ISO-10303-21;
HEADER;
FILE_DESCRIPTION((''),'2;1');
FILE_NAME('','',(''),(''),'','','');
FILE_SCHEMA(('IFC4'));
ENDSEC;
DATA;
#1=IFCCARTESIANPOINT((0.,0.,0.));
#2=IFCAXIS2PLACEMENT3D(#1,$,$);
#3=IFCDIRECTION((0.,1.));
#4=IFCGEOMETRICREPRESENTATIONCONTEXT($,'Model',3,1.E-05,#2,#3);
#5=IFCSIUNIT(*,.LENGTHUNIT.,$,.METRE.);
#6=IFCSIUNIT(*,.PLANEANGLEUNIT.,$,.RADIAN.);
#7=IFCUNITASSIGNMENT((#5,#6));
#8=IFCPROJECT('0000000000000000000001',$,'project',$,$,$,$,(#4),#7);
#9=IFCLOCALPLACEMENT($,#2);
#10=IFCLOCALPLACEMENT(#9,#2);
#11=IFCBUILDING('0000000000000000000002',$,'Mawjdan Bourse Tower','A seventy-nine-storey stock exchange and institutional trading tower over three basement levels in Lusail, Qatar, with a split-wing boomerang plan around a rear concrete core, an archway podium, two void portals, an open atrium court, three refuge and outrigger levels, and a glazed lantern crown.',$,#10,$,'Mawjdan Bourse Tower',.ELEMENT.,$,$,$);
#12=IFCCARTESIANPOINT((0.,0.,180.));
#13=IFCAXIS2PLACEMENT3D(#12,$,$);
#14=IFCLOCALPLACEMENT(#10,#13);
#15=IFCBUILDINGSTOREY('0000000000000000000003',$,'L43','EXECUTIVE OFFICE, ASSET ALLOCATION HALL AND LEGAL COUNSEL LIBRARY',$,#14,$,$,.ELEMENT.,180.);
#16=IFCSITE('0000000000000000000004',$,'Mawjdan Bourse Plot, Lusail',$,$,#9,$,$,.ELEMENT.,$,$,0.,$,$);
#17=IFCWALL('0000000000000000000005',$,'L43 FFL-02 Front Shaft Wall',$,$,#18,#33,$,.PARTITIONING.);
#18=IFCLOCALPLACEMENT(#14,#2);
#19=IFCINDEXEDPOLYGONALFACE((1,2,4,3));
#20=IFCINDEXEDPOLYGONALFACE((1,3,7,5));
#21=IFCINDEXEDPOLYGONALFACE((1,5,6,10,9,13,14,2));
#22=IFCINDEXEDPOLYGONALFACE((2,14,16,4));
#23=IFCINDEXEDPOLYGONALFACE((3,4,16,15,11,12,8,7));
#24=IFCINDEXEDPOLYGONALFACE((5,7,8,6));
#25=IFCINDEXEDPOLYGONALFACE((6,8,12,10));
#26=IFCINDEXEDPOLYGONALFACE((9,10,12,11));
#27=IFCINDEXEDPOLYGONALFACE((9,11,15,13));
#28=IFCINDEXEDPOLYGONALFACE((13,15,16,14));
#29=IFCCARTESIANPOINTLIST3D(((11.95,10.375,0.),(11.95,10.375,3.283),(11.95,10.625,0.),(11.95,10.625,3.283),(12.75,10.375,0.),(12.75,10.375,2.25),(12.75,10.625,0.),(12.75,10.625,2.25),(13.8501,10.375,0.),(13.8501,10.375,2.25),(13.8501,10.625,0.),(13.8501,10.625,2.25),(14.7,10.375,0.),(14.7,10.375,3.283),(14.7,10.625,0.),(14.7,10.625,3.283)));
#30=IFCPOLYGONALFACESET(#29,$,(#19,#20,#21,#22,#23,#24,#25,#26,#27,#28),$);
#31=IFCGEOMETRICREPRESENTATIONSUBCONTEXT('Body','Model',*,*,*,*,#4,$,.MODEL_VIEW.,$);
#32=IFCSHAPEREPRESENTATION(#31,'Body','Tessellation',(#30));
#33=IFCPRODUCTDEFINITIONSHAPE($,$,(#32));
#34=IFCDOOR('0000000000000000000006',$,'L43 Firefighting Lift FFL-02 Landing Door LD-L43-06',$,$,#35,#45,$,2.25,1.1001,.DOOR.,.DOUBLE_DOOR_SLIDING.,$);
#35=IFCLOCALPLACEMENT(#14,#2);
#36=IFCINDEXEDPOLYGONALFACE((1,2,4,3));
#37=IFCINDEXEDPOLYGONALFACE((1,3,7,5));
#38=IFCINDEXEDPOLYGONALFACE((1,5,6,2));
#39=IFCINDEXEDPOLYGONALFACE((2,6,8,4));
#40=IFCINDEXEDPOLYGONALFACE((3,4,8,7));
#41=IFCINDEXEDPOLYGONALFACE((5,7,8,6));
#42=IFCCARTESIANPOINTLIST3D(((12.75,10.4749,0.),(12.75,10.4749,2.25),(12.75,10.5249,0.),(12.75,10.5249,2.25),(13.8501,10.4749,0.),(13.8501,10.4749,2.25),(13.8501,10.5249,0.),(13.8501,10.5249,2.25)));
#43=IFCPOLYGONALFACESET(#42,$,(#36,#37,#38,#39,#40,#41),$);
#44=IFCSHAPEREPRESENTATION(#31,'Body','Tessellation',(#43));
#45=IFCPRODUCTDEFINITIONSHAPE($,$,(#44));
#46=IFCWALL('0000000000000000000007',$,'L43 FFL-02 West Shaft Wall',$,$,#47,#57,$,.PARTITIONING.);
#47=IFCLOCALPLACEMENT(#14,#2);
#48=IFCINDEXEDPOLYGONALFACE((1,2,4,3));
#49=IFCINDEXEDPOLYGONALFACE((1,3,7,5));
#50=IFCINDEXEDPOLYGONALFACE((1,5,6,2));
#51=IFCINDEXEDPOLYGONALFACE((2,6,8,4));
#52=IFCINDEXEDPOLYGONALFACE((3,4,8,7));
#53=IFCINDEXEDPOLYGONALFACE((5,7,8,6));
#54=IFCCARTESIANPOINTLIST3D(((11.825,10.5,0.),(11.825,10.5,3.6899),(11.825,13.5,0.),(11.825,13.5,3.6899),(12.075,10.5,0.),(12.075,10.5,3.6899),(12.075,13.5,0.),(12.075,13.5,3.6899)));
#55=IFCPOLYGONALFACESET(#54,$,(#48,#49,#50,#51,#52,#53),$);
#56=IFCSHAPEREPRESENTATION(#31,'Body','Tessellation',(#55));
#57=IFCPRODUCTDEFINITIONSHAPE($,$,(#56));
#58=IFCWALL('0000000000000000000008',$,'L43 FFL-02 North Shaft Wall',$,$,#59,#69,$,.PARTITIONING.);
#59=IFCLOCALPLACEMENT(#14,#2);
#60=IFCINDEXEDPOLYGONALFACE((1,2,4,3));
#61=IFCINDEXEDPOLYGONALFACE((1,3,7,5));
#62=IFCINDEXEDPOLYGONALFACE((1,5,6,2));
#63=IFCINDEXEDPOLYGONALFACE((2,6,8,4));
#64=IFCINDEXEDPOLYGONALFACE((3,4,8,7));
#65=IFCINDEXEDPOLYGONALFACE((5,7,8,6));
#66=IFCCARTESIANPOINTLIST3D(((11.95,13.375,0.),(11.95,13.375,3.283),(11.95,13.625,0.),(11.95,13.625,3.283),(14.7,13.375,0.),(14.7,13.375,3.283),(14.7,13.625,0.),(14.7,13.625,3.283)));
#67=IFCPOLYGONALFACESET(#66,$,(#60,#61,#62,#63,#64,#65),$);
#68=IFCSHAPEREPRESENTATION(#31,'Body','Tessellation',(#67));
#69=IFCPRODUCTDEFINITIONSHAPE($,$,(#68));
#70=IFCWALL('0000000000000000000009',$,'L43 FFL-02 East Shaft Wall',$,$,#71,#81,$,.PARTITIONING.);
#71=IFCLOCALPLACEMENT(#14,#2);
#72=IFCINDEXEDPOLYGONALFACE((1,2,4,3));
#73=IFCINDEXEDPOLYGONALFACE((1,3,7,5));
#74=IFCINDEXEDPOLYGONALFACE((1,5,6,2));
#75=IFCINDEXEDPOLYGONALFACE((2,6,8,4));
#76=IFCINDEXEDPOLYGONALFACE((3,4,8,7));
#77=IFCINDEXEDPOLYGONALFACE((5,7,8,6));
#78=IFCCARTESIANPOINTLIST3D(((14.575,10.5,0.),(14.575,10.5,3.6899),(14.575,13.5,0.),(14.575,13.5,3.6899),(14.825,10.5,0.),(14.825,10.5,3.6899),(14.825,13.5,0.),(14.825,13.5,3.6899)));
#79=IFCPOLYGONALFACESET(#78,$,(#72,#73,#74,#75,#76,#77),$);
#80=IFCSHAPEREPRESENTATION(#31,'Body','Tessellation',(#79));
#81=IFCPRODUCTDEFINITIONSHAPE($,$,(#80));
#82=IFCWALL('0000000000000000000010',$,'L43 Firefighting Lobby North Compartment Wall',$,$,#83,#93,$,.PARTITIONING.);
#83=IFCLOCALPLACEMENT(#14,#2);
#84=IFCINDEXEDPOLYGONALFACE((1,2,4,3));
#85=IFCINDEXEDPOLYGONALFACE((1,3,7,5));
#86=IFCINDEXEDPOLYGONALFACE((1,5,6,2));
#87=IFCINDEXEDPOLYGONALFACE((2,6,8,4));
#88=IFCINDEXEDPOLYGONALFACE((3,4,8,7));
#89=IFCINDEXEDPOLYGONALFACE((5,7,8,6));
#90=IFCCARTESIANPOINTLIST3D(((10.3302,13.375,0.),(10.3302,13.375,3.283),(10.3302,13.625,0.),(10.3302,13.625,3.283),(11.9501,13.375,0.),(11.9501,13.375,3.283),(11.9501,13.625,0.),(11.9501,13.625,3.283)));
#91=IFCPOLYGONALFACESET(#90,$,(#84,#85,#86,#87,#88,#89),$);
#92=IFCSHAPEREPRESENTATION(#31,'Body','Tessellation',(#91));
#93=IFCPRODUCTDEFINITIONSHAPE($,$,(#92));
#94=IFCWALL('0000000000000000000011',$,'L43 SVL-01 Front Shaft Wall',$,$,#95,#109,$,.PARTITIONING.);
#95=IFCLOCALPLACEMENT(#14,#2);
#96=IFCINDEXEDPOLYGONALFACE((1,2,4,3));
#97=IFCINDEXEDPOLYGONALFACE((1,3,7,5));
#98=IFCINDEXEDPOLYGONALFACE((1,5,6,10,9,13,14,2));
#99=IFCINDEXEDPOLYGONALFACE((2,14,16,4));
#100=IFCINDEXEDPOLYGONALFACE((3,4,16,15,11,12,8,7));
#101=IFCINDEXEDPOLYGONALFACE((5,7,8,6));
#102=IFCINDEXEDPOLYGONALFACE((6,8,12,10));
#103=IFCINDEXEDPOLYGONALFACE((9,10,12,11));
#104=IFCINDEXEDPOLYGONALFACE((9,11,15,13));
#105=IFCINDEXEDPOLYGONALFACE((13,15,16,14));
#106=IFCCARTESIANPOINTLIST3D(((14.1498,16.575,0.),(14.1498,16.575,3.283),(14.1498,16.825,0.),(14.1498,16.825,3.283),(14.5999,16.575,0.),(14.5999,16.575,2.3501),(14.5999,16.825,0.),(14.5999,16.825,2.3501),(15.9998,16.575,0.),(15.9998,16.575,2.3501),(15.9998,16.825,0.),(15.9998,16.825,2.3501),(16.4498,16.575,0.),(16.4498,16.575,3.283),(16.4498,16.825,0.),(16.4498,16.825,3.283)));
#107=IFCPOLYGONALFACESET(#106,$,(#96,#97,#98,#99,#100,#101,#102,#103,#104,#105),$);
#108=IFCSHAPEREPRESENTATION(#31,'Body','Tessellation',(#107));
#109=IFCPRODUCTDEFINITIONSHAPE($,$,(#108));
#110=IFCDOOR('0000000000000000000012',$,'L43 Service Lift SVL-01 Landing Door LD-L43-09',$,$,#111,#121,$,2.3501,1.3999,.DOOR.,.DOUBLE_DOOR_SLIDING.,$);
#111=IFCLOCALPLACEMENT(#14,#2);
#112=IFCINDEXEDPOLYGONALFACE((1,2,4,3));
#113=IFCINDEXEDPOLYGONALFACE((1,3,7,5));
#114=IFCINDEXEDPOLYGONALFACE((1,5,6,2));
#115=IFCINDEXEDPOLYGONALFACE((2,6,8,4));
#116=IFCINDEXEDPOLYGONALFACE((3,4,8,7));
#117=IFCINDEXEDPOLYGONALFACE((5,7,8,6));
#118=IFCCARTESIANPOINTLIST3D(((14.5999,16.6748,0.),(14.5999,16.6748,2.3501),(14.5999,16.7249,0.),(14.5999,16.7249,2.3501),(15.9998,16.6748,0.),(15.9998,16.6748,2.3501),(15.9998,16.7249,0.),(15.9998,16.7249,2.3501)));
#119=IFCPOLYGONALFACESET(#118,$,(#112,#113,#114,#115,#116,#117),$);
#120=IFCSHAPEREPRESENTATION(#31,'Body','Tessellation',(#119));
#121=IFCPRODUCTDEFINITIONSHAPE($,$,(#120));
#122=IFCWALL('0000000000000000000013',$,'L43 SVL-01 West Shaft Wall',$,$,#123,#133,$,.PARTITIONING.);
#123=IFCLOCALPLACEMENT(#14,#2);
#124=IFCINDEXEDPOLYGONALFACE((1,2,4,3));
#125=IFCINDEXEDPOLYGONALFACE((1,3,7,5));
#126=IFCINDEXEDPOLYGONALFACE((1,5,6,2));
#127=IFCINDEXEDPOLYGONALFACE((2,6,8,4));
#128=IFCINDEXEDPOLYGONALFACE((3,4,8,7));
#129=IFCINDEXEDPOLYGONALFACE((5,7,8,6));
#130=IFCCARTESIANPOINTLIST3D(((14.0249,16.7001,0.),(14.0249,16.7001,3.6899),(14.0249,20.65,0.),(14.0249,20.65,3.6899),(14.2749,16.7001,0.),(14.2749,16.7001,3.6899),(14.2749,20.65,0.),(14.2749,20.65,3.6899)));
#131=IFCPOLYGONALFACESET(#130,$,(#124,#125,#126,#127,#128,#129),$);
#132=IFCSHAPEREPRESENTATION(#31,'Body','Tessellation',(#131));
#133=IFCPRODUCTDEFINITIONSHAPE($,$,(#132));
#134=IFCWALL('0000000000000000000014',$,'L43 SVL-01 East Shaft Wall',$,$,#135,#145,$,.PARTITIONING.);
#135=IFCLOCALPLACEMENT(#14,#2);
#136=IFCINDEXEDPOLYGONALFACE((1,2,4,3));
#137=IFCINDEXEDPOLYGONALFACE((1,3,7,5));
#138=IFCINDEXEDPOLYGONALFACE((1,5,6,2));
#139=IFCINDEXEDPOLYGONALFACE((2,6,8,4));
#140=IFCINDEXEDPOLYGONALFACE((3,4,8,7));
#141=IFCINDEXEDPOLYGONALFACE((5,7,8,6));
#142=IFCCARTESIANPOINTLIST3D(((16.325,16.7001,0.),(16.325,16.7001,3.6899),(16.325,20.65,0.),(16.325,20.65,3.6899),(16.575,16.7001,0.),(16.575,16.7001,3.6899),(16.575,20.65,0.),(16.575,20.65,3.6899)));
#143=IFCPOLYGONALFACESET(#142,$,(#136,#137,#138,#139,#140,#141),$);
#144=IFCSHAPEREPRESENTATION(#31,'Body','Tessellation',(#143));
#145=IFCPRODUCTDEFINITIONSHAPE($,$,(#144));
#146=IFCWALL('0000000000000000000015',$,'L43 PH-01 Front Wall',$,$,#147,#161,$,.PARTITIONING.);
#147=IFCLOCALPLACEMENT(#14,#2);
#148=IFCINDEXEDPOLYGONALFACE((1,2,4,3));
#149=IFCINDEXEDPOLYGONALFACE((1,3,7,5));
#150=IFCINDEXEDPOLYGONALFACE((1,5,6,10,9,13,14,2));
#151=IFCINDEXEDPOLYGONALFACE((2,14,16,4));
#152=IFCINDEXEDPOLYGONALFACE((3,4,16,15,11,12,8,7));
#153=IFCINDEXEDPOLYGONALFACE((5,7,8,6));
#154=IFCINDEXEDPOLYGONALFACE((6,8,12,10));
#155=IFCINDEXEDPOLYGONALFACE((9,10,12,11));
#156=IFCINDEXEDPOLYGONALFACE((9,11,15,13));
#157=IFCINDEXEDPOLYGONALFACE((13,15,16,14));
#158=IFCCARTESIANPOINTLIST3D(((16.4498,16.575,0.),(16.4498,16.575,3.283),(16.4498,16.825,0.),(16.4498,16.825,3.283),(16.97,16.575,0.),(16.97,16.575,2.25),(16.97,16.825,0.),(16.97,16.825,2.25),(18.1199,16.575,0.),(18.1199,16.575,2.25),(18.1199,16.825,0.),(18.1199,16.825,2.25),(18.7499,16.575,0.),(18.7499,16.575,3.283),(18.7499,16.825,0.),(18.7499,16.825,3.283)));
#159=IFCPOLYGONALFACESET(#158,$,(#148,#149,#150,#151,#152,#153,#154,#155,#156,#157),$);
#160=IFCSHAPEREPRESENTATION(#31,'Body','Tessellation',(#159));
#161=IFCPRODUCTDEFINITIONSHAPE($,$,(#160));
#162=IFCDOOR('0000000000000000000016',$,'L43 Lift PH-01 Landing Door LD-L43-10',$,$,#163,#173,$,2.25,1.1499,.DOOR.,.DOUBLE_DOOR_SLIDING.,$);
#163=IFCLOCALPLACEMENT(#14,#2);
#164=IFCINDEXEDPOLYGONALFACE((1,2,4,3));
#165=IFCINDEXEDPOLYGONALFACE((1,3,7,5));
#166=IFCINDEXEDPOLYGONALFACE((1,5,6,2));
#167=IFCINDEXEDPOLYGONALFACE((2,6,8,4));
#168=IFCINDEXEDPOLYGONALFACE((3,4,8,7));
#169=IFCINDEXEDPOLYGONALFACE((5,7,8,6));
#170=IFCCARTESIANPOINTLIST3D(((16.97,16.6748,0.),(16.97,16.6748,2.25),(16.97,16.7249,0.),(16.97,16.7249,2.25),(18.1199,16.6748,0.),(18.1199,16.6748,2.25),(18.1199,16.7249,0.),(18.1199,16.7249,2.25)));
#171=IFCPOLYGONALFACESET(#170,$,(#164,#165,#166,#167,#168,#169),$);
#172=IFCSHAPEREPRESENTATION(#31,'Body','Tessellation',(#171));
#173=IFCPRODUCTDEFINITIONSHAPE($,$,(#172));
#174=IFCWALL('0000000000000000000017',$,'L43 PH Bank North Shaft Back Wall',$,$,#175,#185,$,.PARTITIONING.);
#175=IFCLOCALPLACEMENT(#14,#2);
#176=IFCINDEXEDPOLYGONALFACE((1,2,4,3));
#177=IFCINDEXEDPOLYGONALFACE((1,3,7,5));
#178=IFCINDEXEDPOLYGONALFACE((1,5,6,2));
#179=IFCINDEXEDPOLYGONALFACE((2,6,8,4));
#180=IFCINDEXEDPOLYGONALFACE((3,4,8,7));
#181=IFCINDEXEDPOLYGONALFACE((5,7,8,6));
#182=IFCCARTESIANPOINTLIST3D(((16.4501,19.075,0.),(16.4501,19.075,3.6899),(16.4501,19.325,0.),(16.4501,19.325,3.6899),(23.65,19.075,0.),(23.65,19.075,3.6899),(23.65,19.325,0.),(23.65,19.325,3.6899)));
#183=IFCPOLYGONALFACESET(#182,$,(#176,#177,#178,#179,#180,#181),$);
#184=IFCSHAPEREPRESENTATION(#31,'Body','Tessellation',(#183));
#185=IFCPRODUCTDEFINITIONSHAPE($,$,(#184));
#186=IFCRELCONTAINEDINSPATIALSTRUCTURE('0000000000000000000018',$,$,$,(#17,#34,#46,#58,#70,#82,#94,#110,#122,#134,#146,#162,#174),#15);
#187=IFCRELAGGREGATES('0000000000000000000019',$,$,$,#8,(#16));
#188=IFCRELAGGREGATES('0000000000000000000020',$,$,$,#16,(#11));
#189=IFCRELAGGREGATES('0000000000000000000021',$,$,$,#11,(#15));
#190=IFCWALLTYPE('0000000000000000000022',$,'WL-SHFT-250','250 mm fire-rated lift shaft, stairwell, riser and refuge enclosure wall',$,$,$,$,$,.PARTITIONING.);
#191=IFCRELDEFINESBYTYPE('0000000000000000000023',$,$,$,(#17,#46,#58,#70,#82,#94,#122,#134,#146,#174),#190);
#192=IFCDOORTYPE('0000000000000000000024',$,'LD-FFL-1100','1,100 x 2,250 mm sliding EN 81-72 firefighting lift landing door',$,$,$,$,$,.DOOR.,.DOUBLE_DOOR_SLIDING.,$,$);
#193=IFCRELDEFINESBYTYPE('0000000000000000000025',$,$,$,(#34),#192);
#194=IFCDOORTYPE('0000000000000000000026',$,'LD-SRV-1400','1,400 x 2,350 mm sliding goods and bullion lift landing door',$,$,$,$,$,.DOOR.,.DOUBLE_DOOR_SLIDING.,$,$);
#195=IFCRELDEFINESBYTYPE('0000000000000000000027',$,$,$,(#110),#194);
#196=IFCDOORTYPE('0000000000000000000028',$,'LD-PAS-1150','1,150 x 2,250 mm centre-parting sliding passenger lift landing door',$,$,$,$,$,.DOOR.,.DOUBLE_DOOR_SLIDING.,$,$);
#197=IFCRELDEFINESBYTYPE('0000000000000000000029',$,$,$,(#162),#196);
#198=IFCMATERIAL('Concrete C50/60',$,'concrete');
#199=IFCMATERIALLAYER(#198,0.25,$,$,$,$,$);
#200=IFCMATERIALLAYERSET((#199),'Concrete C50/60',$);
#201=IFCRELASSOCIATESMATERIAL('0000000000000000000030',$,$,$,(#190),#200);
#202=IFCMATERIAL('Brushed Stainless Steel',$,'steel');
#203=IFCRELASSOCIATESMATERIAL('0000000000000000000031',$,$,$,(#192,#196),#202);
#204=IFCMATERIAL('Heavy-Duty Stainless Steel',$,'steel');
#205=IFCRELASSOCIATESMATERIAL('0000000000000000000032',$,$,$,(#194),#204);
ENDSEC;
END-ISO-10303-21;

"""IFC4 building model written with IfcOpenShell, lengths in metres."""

from ifc_helpers import new_model, si_unit, direction, frame, frame_2d, origin, place, context, subcontext, project, spatial, rectangle, extrude, material, layer, layer_set, type_object, element, fill, save


model = new_model("IFC4")

# Units and contexts
model_context = context("Model", 3, precision=1e-05, world=origin(), true_north=direction((0.0, 1.0)))
body_context = subcontext(model_context, "Body", "Model", "MODEL_VIEW")
ifc_project = project(units=[si_unit("LENGTHUNIT", "METRE"), si_unit("PLANEANGLEUNIT", "RADIAN")], contexts=[model_context])

# Site, building, storey
site_placement = place(None, origin())
site = spatial("IfcSite", under=ifc_project, at=site_placement, Name="Mawjdan Bourse Plot, Lusail", CompositionType="ELEMENT", RefElevation=0.0)
building_placement = place(site_placement, origin())
building = spatial("IfcBuilding", under=site, at=building_placement, Name="Mawjdan Bourse Tower", Description="A seventy-nine-storey stock exchange and institutional trading tower over three basement levels in Lusail, Qatar, with a split-wing boomerang plan around a rear concrete core, an archway podium, two void portals, an open atrium court, three refuge and outrigger levels, and a glazed lantern crown.", LongName="Mawjdan Bourse Tower", CompositionType="ELEMENT")
storey_placement = place(building_placement, frame((0.0, 0.0, 180.0)))
storey = spatial("IfcBuildingStorey", under=building, at=storey_placement, Name="L43", Description="EXECUTIVE OFFICE, ASSET ALLOCATION HALL AND LEGAL COUNSEL LIBRARY", CompositionType="ELEMENT", Elevation=180.0)

# Wall, opening, door
ifc_material_1 = material(Name="Concrete C50/60", Category="concrete")
ifc_layer_1 = layer(ifc_material_1, 0.25)
ifc_layer_set_1 = layer_set([ifc_layer_1], Name="Concrete C50/60")
wall_type_1 = type_object("IfcWallType", Name="WL-SHFT-250", Description="250 mm fire-rated lift shaft, stairwell, riser and refuge enclosure wall", PredefinedType="PARTITIONING", material=ifc_layer_set_1)
wall_1_placement = place(storey_placement, frame((11.95, 10.5, 0.0), z_axis=(0.0, 0.0, 1.0), x_axis=(1.0, 0.0, 0.0)))
wall_1 = element("IfcWall", 1, at=wall_1_placement, inside=storey, type_object=wall_type_1, Name="L43 FFL-02 Front Shaft Wall", PredefinedType="PARTITIONING", context=body_context, shape_type="SweptSolid", body=[
    extrude(rectangle(XDim=2.75, YDim=0.25, at=frame_2d((1.375, 0.0))), origin(), (0.0, 0.0, 1.0), 3.283),
])
opening_1_placement = place(wall_1_placement, frame((0.8, 0.0, 0.0)))
opening_1 = element("IfcOpeningElement", 2, at=opening_1_placement, cuts=wall_1, PredefinedType="OPENING", context=body_context, shape_type="SweptSolid", body=[
    extrude(rectangle(XDim=1.1001, YDim=2.25, at=frame_2d((0.55, 1.125))), frame((0.0, 0.135, 0.0), z_axis=(0.0, -1.0, 0.0), x_axis=(1.0, 0.0, 0.0)), (0.0, 0.0, 1.0), 0.27),
])
ifc_material_2 = material(Name="Brushed Stainless Steel", Category="steel")
door_type_1 = type_object("IfcDoorType", Name="LD-FFL-1100", Description="1,100 x 2,250 mm sliding EN 81-72 firefighting lift landing door", OperationType="DOUBLE_DOOR_SLIDING", PredefinedType="DOOR", material=ifc_material_2)
door_1_placement = place(opening_1_placement, origin())
door_1 = element("IfcDoor", 3, at=door_1_placement, inside=storey, type_object=door_type_1, Name="L43 Firefighting Lift FFL-02 Landing Door LD-L43-06", OperationType="DOUBLE_DOOR_SLIDING", OverallHeight=2.25, OverallWidth=1.1001, PredefinedType="DOOR", context=body_context, shape_type="SweptSolid", body=[
    extrude(rectangle(XDim=1.1001, YDim=2.25, at=frame_2d((0.55, 1.125))), frame((0.0, 0.0249, 0.0), z_axis=(0.0, -1.0, 0.0), x_axis=(1.0, 0.0, 0.0)), (0.0, 0.0, 1.0), 0.05),
])
fill(opening_1, door_1)

# Walls
wall_2_placement = place(storey_placement, frame((11.95, 10.5, 0.0), z_axis=(0.0, 0.0, 1.0), x_axis=(0.0, 1.0, 0.0)))
element("IfcWall", 4, at=wall_2_placement, inside=storey, type_object=wall_type_1, Name="L43 FFL-02 West Shaft Wall", PredefinedType="PARTITIONING", context=body_context, shape_type="SweptSolid", body=[
    extrude(rectangle(XDim=3.0, YDim=0.25, at=frame_2d((1.5, 0.0))), origin(), (0.0, 0.0, 1.0), 3.6899),
])
wall_3_placement = place(storey_placement, frame((11.95, 13.5, 0.0), z_axis=(0.0, 0.0, 1.0), x_axis=(1.0, 0.0, 0.0)))
element("IfcWall", 5, at=wall_3_placement, inside=storey, type_object=wall_type_1, Name="L43 FFL-02 North Shaft Wall", PredefinedType="PARTITIONING", context=body_context, shape_type="SweptSolid", body=[
    extrude(rectangle(XDim=2.75, YDim=0.25, at=frame_2d((1.375, 0.0))), origin(), (0.0, 0.0, 1.0), 3.283),
])
wall_4_placement = place(storey_placement, frame((14.7, 10.5, 0.0), z_axis=(0.0, 0.0, 1.0), x_axis=(0.0, 1.0, 0.0)))
element("IfcWall", 6, at=wall_4_placement, inside=storey, type_object=wall_type_1, Name="L43 FFL-02 East Shaft Wall", PredefinedType="PARTITIONING", context=body_context, shape_type="SweptSolid", body=[
    extrude(rectangle(XDim=3.0, YDim=0.25, at=frame_2d((1.5, 0.0))), origin(), (0.0, 0.0, 1.0), 3.6899),
])
wall_5_placement = place(storey_placement, frame((10.3301, 13.5, 0.0), z_axis=(0.0, 0.0, 1.0), x_axis=(1.0, 0.0, 0.0)))
element("IfcWall", 7, at=wall_5_placement, inside=storey, type_object=wall_type_1, Name="L43 Firefighting Lobby North Compartment Wall", PredefinedType="PARTITIONING", context=body_context, shape_type="SweptSolid", body=[
    extrude(rectangle(XDim=1.6199, YDim=0.25, at=frame_2d((0.8101, 0.0))), origin(), (0.0, 0.0, 1.0), 3.283),
])

# Wall, opening, door
wall_6_placement = place(storey_placement, frame((14.1499, 16.7, 0.0), z_axis=(0.0, 0.0, 1.0), x_axis=(1.0, 0.0, 0.0)))
wall_6 = element("IfcWall", 8, at=wall_6_placement, inside=storey, type_object=wall_type_1, Name="L43 SVL-01 Front Shaft Wall", PredefinedType="PARTITIONING", context=body_context, shape_type="SweptSolid", body=[
    extrude(rectangle(XDim=2.3, YDim=0.25, at=frame_2d((1.1499, 0.0))), origin(), (0.0, 0.0, 1.0), 3.283),
])
opening_2_placement = place(wall_6_placement, frame((0.45, 0.0, 0.0)))
opening_2 = element("IfcOpeningElement", 9, at=opening_2_placement, cuts=wall_6, PredefinedType="OPENING", context=body_context, shape_type="SweptSolid", body=[
    extrude(rectangle(XDim=1.3999, YDim=2.3501, at=frame_2d((0.7, 1.175))), frame((0.0, 0.135, 0.0), z_axis=(0.0, -1.0, 0.0), x_axis=(1.0, 0.0, 0.0)), (0.0, 0.0, 1.0), 0.27),
])
ifc_material_3 = material(Name="Heavy-Duty Stainless Steel", Category="steel")
door_type_2 = type_object("IfcDoorType", Name="LD-SRV-1400", Description="1,400 x 2,350 mm sliding goods and bullion lift landing door", OperationType="DOUBLE_DOOR_SLIDING", PredefinedType="DOOR", material=ifc_material_3)
door_2_placement = place(opening_2_placement, origin())
door_2 = element("IfcDoor", 10, at=door_2_placement, inside=storey, type_object=door_type_2, Name="L43 Service Lift SVL-01 Landing Door LD-L43-09", OperationType="DOUBLE_DOOR_SLIDING", OverallHeight=2.3501, OverallWidth=1.3999, PredefinedType="DOOR", context=body_context, shape_type="SweptSolid", body=[
    extrude(rectangle(XDim=1.3999, YDim=2.3501, at=frame_2d((0.7, 1.175))), frame((0.0, 0.0249, 0.0), z_axis=(0.0, -1.0, 0.0), x_axis=(1.0, 0.0, 0.0)), (0.0, 0.0, 1.0), 0.05),
])
fill(opening_2, door_2)

# Walls
for number, where, z_axis, x_axis, name in (
    (11, (14.1499, 16.7, 0.0), (0.0, 0.0, 1.0), (0.0, 1.0, 0.0), "L43 SVL-01 West Shaft Wall"),
    (12, (16.45, 16.7, 0.0), (0.0, 0.0, 1.0), (0.0, 1.0, 0.0), "L43 SVL-01 East Shaft Wall"),
):
    element("IfcWall", number, at=place(storey_placement, frame(where, z_axis=z_axis, x_axis=x_axis)), inside=storey, type_object=wall_type_1, Name=name, PredefinedType="PARTITIONING", context=body_context, shape_type="SweptSolid", body=[
        extrude(rectangle(XDim=3.95, YDim=0.25, at=frame_2d((1.9751, 0.0))), origin(), (0.0, 0.0, 1.0), 3.6899),
    ])

# Wall, opening, door
wall_7_placement = place(storey_placement, frame((16.45, 16.7, 0.0), z_axis=(0.0, 0.0, 1.0), x_axis=(1.0, 0.0, 0.0)))
wall_7 = element("IfcWall", 13, at=wall_7_placement, inside=storey, type_object=wall_type_1, Name="L43 PH-01 Front Wall", PredefinedType="PARTITIONING", context=body_context, shape_type="SweptSolid", body=[
    extrude(rectangle(XDim=2.3, YDim=0.25, at=frame_2d((1.1499, 0.0))), origin(), (0.0, 0.0, 1.0), 3.283),
])
opening_3_placement = place(wall_7_placement, frame((0.52, 0.0, 0.0)))
opening_3 = element("IfcOpeningElement", 14, at=opening_3_placement, cuts=wall_7, PredefinedType="OPENING", context=body_context, shape_type="SweptSolid", body=[
    extrude(rectangle(XDim=1.1499, YDim=2.25, at=frame_2d((0.575, 1.125))), frame((0.0, 0.135, 0.0), z_axis=(0.0, -1.0, 0.0), x_axis=(1.0, 0.0, 0.0)), (0.0, 0.0, 1.0), 0.27),
])
door_type_3 = type_object("IfcDoorType", Name="LD-PAS-1150", Description="1,150 x 2,250 mm centre-parting sliding passenger lift landing door", OperationType="DOUBLE_DOOR_SLIDING", PredefinedType="DOOR", material=ifc_material_2)
door_3_placement = place(opening_3_placement, origin())
door_3 = element("IfcDoor", 15, at=door_3_placement, inside=storey, type_object=door_type_3, Name="L43 Lift PH-01 Landing Door LD-L43-10", OperationType="DOUBLE_DOOR_SLIDING", OverallHeight=2.25, OverallWidth=1.1499, PredefinedType="DOOR", context=body_context, shape_type="SweptSolid", body=[
    extrude(rectangle(XDim=1.1499, YDim=2.25, at=frame_2d((0.575, 1.125))), frame((0.0, 0.0249, 0.0), z_axis=(0.0, -1.0, 0.0), x_axis=(1.0, 0.0, 0.0)), (0.0, 0.0, 1.0), 0.05),
])
fill(opening_3, door_3)

# Wall
wall_8_placement = place(storey_placement, frame((16.45, 19.2, 0.0), z_axis=(0.0, 0.0, 1.0), x_axis=(1.0, 0.0, 0.0)))
element("IfcWall", 16, at=wall_8_placement, inside=storey, type_object=wall_type_1, Name="L43 PH Bank North Shaft Back Wall", PredefinedType="PARTITIONING", context=body_context, shape_type="SweptSolid", body=[
    extrude(rectangle(XDim=7.2, YDim=0.25, at=frame_2d((3.6001, 0.0))), origin(), (0.0, 0.0, 1.0), 3.6899),
])

save(model, "model.ifc")
